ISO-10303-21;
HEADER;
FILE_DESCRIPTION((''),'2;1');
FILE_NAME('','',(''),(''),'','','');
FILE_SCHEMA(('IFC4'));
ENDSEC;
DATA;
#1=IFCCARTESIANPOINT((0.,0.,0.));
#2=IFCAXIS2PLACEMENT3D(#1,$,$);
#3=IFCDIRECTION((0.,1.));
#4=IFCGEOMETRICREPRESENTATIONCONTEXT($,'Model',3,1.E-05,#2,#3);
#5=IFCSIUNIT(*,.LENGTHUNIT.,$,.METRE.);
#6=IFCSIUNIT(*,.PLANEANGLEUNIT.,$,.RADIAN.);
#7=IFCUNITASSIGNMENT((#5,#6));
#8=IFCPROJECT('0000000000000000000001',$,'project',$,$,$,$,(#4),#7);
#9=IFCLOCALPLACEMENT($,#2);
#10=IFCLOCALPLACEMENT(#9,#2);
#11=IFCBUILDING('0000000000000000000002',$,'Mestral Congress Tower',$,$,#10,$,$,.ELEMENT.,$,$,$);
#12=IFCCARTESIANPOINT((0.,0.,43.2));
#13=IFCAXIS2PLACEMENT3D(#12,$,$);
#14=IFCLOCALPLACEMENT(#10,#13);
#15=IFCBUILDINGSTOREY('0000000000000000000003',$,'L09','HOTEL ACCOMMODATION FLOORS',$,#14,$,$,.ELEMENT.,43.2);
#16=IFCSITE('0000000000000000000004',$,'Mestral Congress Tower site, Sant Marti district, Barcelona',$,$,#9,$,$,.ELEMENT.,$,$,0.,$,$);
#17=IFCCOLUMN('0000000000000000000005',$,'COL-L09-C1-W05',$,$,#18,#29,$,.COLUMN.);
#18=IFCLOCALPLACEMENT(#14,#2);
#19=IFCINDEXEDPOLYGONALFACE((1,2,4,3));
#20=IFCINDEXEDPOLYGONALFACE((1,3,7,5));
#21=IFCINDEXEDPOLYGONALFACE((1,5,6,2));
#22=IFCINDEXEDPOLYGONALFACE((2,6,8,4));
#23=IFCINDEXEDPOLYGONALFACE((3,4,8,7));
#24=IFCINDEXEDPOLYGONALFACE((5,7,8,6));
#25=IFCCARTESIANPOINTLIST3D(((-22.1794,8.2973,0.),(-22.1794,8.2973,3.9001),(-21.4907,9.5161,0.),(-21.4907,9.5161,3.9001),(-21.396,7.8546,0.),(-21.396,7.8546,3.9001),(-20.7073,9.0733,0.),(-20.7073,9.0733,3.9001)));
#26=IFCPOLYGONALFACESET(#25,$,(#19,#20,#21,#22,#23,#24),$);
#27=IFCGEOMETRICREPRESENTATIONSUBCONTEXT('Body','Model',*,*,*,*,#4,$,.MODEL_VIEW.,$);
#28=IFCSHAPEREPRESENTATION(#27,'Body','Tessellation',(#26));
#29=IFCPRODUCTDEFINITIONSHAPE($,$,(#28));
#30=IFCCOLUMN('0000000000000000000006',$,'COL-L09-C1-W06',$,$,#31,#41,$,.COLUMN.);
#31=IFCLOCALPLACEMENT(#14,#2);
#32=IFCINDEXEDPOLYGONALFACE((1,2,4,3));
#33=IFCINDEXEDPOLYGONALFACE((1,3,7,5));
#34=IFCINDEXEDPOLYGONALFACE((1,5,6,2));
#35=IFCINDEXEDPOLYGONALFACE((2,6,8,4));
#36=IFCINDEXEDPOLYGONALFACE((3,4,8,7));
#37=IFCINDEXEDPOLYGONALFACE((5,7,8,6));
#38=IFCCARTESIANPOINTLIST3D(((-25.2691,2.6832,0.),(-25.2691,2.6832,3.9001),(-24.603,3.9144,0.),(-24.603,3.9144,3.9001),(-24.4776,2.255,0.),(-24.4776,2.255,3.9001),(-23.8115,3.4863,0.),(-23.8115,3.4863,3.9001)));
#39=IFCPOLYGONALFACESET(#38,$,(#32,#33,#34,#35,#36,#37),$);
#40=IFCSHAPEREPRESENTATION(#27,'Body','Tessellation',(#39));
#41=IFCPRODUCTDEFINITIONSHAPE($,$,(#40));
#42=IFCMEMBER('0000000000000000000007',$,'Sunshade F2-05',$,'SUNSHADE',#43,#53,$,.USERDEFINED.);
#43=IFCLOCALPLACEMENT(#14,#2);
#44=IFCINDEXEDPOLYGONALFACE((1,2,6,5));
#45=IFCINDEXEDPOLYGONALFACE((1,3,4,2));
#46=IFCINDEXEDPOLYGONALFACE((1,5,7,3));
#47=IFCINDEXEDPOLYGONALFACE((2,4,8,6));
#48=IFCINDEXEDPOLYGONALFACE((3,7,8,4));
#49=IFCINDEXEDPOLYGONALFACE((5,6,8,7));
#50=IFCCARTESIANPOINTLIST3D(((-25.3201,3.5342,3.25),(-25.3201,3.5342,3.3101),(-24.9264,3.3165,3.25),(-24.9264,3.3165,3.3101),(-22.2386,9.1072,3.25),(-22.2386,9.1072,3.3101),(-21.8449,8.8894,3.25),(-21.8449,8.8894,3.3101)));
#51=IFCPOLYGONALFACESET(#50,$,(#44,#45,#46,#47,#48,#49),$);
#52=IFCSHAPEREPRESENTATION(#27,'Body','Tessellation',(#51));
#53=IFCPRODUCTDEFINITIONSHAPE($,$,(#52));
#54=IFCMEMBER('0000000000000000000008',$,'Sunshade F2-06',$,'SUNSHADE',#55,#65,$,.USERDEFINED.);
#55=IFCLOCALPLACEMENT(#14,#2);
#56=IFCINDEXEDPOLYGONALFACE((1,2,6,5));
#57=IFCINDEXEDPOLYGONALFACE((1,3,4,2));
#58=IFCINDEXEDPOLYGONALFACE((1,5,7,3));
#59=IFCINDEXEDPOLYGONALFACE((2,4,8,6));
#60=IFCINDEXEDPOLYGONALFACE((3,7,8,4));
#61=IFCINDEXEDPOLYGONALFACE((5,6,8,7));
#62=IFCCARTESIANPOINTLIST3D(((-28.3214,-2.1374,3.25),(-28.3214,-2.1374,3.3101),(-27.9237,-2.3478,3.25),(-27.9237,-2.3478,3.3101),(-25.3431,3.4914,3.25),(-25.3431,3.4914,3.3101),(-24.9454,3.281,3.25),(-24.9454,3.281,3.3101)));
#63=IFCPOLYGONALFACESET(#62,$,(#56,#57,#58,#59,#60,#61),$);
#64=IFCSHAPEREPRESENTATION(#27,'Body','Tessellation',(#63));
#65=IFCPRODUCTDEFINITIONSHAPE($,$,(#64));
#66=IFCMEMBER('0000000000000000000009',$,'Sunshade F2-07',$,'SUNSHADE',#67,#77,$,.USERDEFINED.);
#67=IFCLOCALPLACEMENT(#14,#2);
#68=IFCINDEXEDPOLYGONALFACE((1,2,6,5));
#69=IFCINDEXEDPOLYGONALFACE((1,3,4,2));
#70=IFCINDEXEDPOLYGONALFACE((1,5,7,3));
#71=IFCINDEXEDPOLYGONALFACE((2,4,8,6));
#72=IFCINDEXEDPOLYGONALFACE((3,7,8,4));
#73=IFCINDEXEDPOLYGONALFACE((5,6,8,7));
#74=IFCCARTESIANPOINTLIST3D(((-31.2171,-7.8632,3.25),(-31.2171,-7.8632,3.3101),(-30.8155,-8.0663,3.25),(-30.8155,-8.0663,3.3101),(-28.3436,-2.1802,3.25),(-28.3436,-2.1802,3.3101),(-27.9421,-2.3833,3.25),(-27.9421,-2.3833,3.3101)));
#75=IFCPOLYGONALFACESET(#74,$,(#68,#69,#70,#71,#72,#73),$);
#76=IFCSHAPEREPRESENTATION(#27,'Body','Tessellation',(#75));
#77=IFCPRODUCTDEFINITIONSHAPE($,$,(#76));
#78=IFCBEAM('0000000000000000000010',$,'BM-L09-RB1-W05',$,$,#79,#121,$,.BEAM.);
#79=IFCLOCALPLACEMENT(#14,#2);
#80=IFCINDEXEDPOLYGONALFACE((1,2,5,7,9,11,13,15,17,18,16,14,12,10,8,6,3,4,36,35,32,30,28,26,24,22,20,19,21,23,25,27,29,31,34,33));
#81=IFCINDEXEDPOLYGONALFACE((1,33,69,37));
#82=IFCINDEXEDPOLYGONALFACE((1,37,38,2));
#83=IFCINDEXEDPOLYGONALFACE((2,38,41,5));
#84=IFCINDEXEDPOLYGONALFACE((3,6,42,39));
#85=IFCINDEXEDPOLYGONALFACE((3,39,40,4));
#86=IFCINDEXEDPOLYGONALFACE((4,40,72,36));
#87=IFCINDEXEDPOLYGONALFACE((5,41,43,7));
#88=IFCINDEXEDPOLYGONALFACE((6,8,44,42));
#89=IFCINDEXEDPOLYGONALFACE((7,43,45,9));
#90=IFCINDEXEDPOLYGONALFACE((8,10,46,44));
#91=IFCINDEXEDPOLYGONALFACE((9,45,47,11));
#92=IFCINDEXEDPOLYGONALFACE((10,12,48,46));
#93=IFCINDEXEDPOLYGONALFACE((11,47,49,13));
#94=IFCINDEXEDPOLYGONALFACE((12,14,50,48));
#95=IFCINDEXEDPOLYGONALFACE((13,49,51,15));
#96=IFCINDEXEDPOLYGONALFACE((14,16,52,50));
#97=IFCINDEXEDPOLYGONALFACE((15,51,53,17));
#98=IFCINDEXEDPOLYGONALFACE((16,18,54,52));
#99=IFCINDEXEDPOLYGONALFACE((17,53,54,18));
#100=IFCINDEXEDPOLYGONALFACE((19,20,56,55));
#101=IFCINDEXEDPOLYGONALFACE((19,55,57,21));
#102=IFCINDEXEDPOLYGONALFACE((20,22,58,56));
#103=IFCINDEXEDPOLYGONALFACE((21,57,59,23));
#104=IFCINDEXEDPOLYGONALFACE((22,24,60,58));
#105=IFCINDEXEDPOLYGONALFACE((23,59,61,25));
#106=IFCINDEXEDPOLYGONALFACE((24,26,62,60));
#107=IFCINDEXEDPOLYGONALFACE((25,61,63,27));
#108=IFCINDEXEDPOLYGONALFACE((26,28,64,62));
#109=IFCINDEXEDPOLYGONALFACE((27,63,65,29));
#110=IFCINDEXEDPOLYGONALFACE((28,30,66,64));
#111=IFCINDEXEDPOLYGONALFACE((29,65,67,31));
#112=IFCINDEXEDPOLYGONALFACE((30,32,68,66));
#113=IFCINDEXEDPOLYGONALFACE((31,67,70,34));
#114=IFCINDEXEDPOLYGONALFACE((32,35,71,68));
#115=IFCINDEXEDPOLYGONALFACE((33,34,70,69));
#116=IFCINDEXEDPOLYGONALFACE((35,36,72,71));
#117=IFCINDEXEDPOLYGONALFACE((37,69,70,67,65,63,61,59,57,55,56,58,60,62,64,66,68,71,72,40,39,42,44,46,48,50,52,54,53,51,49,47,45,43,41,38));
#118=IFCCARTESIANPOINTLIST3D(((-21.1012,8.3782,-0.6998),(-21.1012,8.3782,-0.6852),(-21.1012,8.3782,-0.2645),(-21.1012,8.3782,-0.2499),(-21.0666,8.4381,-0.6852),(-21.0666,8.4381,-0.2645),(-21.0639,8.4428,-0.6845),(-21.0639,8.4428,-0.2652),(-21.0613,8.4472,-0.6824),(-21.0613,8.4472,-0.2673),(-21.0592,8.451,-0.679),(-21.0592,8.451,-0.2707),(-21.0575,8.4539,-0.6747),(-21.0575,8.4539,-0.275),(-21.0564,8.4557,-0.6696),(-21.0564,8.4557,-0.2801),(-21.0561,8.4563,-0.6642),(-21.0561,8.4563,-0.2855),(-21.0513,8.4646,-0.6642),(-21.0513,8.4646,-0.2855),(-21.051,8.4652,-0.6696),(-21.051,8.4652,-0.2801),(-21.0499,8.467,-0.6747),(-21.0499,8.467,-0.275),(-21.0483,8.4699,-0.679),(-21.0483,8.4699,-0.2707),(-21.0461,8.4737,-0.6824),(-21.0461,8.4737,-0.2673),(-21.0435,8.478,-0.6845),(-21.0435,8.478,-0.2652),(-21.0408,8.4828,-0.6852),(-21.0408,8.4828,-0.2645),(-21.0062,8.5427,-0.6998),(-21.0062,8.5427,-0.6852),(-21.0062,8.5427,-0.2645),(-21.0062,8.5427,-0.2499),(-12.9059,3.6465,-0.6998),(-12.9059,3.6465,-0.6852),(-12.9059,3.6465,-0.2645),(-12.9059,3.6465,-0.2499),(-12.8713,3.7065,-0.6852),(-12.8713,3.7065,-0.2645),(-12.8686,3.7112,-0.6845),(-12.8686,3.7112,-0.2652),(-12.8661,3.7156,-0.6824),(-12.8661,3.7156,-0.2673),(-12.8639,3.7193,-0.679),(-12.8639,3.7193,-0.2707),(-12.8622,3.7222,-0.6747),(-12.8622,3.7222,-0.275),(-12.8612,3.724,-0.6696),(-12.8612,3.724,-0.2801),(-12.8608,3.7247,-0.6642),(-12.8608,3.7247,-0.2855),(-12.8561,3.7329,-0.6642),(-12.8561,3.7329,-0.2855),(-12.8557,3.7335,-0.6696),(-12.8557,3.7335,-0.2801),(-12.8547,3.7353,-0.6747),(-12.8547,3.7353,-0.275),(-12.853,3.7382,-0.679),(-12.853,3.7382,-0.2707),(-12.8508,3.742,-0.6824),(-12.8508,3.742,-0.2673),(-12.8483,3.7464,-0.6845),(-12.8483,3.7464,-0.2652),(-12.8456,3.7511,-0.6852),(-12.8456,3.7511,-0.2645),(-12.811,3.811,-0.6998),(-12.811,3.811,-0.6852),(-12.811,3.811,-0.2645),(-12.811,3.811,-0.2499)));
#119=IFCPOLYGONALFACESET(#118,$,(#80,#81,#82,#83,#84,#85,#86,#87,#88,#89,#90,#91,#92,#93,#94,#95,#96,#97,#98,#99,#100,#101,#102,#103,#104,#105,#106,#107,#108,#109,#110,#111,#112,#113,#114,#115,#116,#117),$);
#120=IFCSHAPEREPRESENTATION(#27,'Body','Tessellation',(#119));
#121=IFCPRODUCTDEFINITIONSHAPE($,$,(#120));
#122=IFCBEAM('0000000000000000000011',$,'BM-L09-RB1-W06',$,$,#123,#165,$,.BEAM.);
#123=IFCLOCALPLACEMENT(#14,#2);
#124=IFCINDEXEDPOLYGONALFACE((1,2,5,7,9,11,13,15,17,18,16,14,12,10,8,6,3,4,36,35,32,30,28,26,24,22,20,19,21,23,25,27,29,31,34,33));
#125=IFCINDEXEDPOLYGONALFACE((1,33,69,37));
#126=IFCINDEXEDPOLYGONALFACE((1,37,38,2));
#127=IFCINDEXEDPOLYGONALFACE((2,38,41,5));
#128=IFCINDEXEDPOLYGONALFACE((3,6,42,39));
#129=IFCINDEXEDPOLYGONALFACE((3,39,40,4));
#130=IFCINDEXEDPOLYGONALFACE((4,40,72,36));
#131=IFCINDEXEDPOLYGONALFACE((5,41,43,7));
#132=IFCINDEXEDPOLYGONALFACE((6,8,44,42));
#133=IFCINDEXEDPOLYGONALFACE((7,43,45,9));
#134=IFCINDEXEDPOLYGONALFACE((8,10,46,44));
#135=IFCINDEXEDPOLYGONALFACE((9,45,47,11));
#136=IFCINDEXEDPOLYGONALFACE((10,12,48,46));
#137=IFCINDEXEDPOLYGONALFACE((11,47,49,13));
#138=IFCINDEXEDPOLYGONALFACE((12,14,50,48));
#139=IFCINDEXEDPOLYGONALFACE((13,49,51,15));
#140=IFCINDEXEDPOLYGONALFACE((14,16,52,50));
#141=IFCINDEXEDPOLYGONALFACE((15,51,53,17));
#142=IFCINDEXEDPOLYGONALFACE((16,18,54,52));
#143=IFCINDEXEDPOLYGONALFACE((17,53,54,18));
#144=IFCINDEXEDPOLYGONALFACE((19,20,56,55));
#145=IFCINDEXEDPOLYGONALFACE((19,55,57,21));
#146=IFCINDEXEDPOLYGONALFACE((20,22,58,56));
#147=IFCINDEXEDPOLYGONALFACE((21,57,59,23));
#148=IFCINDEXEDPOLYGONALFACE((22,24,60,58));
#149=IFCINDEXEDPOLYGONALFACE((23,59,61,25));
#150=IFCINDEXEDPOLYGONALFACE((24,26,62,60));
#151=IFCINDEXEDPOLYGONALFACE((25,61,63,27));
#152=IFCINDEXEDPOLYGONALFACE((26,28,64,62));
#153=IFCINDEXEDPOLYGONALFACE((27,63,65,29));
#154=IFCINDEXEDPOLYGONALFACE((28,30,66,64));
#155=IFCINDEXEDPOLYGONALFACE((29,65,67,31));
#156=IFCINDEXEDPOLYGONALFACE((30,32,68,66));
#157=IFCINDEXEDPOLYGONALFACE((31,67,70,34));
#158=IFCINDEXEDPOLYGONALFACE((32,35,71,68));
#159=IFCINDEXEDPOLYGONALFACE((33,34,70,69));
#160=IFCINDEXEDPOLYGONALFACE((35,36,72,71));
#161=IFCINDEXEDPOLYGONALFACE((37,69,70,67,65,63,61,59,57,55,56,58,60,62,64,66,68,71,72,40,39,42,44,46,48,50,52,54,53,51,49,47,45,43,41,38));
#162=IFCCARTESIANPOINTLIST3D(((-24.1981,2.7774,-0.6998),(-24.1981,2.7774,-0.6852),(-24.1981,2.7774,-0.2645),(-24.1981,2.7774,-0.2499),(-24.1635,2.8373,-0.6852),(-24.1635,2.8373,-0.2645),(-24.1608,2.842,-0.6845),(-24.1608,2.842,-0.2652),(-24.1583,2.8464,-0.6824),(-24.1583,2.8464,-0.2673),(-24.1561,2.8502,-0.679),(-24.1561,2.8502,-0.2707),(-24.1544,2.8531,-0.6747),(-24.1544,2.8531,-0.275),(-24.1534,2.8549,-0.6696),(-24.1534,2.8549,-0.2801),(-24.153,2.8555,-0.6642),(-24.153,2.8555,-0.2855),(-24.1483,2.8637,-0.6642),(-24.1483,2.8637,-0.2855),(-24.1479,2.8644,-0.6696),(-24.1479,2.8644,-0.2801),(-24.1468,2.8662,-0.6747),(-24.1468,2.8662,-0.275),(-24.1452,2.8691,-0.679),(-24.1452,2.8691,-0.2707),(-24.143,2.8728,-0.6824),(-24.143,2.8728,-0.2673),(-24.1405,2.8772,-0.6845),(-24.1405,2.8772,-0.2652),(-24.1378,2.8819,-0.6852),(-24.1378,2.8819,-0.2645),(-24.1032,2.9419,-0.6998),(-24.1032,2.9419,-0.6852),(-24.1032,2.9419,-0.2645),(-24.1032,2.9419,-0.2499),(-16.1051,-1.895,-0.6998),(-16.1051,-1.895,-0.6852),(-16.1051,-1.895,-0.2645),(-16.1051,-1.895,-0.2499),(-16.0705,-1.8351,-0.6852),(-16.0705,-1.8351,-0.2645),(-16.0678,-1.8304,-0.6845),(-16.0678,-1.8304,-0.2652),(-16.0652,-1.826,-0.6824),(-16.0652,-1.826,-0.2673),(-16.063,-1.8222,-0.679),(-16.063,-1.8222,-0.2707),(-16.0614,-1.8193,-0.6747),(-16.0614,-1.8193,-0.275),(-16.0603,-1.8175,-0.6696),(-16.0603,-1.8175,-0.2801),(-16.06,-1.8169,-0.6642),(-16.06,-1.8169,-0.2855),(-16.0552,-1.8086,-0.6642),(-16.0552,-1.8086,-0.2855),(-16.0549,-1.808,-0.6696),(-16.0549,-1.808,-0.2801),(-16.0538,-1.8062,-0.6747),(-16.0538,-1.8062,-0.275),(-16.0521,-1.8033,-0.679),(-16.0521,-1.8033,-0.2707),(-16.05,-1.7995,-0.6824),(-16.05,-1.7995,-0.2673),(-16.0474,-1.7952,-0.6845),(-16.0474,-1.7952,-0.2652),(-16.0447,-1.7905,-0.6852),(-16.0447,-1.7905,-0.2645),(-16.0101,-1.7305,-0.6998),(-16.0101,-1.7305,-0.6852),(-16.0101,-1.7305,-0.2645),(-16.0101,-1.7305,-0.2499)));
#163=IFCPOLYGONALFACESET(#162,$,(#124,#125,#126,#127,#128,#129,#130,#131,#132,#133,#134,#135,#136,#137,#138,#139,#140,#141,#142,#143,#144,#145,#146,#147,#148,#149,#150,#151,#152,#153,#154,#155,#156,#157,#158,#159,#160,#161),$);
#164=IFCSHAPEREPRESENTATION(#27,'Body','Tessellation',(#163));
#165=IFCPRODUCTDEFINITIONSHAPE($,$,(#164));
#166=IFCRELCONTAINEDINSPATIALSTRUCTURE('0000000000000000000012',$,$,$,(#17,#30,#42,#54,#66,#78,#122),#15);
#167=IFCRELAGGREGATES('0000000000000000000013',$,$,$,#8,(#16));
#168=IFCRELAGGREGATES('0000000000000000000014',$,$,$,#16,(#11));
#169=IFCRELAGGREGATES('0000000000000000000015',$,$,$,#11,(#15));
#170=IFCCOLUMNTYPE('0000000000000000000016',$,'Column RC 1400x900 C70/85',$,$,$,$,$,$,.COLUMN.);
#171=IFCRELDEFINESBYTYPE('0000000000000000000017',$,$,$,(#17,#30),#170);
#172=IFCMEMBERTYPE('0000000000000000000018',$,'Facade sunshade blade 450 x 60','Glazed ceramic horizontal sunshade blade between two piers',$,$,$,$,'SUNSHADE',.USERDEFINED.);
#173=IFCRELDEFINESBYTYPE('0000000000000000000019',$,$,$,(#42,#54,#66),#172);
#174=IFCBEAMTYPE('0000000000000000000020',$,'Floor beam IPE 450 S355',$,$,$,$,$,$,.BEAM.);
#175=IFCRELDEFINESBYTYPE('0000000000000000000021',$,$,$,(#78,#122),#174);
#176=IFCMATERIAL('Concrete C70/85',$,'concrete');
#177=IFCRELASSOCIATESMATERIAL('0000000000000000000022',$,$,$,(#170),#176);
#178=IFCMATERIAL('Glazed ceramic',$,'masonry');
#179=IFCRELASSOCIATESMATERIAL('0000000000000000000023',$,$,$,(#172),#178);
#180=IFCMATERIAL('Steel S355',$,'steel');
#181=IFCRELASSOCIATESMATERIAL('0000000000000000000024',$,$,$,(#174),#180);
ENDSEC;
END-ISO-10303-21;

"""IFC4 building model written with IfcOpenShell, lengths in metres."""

from ifc_helpers import new_model, si_unit, direction, frame, origin, origin_2d, place, context, subcontext, project, spatial, rectangle, i_section, extrude, material, material_profile, profile_set, type_object, element, save


model = new_model("IFC4")

# Units and contexts
model_context = context("Model", 3, precision=1e-05, world=origin(), true_north=direction((0.0, 1.0)))
body_context = subcontext(model_context, "Body", "Model", "MODEL_VIEW")
ifc_project = project(units=[si_unit("LENGTHUNIT", "METRE"), si_unit("PLANEANGLEUNIT", "RADIAN")], contexts=[model_context])

# Site, building, storey
site_placement = place(None, origin())
site = spatial("IfcSite", under=ifc_project, at=site_placement, Name="Mestral Congress Tower site, Sant Marti district, Barcelona", CompositionType="ELEMENT", RefElevation=0.0)
building_placement = place(site_placement, origin())
building = spatial("IfcBuilding", under=site, at=building_placement, Name="Mestral Congress Tower", CompositionType="ELEMENT")
storey_placement = place(building_placement, frame((0.0, 0.0, 43.2)))
storey = spatial("IfcBuildingStorey", under=building, at=storey_placement, Name="L09", Description="HOTEL ACCOMMODATION FLOORS", CompositionType="ELEMENT", Elevation=43.2)

# Columns
ifc_material_1 = material(Name="Concrete C70/85", Category="concrete")
ifc_material_profile_1 = material_profile(ifc_material_1, rectangle(XDim=1.3999, YDim=0.8999, at=origin_2d()), Name="RC 1400x900")
ifc_profile_set_1 = profile_set([ifc_material_profile_1], Name="Concrete C70/85")
column_type = type_object("IfcColumnType", Name="Column RC 1400x900 C70/85", PredefinedType="COLUMN", material=ifc_profile_set_1)
for number, where, z_axis, x_axis, name in (
    (1, (-21.4434, 8.6853, 0.0), (0.0, 0.0, 1.0), (-0.491974, -0.87061, 0.0), "COL-L09-C1-W05"),
    (2, (-24.5403, 3.0847, 0.0), (0.0, 0.0, 1.0), (-0.475796, -0.879556, 0.0), "COL-L09-C1-W06"),
):
    element("IfcColumn", number, at=place(storey_placement, frame(where, z_axis=z_axis, x_axis=x_axis)), inside=storey, type_object=column_type, Name=name, PredefinedType="COLUMN", context=body_context, shape_type="SweptSolid", body=[
        extrude(rectangle(XDim=1.3999, YDim=0.8999, at=origin_2d()), origin(), (0.0, 0.0, 1.0), 3.9001),
    ])

# Members
ifc_material_2 = material(Name="Glazed ceramic", Category="masonry")
ifc_material_profile_2 = material_profile(ifc_material_2, rectangle(XDim=0.45, YDim=0.0601, at=origin_2d()), Name="Ceramic blade 450 x 60")
ifc_profile_set_2 = profile_set([ifc_material_profile_2], Name="Glazed ceramic")
member_type = type_object("IfcMemberType", Name="Facade sunshade blade 450 x 60", Description="Glazed ceramic horizontal sunshade blade between two piers", ElementType="SUNSHADE", PredefinedType="USERDEFINED", material=ifc_profile_set_2)
for number, where, z_axis, x_axis, name in (
    (3, (-22.0417, 8.9983, 3.28), (-0.483894, -0.875127, 0.0), (0.875127, -0.483894, 0.0), "Sunshade F2-05"),
    (4, (-25.1443, 3.3862, 3.28), (-0.467675, -0.883901, 0.0), (0.883901, -0.467675, 0.0), "Sunshade F2-06"),
    (5, (-28.1428, -2.2817, 3.28), (-0.451227, -0.892409, 0.0), (0.892409, -0.451227, 0.0), "Sunshade F2-07"),
):
    element("IfcMember", number, at=place(storey_placement, frame(where, z_axis=z_axis, x_axis=x_axis)), inside=storey, type_object=member_type, Name=name, ObjectType="SUNSHADE", PredefinedType="USERDEFINED", context=body_context, shape_type="SweptSolid", body=[
        extrude(rectangle(XDim=0.45, YDim=0.0601, at=origin_2d()), origin(), (0.0, 0.0, 1.0), 6.3682),
    ])

# Beams
ifc_material_3 = material(Name="Steel S355", Category="steel")
ifc_material_profile_3 = material_profile(ifc_material_3, i_section(OverallWidth=0.1899, OverallDepth=0.45, WebThickness=0.0095, FlangeThickness=0.0146, FilletRadius=0.021, at=origin_2d()), Name="IPE 450")
ifc_profile_set_3 = profile_set([ifc_material_profile_3], Name="Steel S355")
beam_type_1 = type_object("IfcBeamType", Name="Floor beam IPE 450 S355", PredefinedType="BEAM", material=ifc_profile_set_3)
beam_1_placement = place(storey_placement, frame((-21.0537, 8.4604, -0.4749), z_axis=(0.86602, -0.50001, 0.0), x_axis=(0.50001, 0.86602, 0.0)))
element("IfcBeam", 6, at=beam_1_placement, inside=storey, type_object=beam_type_1, Name="BM-L09-RB1-W05", PredefinedType="BEAM", context=body_context, shape_type="SweptSolid", body=[
    extrude(i_section(OverallWidth=0.1899, OverallDepth=0.45, WebThickness=0.0095, FlangeThickness=0.0146, FilletRadius=0.021, at=origin_2d()), origin(), (0.0, 0.0, 1.0), 9.4631),
])
beam_2_placement = place(storey_placement, frame((-24.1506, 2.8596, -0.4749), z_axis=(0.866032, -0.499989, 0.0), x_axis=(0.499989, 0.866032, 0.0)))
element("IfcBeam", 7, at=beam_2_placement, inside=storey, type_object=beam_type_1, Name="BM-L09-RB1-W06", PredefinedType="BEAM", context=body_context, shape_type="SweptSolid", body=[
    extrude(i_section(OverallWidth=0.1899, OverallDepth=0.45, WebThickness=0.0095, FlangeThickness=0.0146, FilletRadius=0.021, at=origin_2d()), origin(), (0.0, 0.0, 1.0), 9.345),
])

save(model, "model.ifc")
